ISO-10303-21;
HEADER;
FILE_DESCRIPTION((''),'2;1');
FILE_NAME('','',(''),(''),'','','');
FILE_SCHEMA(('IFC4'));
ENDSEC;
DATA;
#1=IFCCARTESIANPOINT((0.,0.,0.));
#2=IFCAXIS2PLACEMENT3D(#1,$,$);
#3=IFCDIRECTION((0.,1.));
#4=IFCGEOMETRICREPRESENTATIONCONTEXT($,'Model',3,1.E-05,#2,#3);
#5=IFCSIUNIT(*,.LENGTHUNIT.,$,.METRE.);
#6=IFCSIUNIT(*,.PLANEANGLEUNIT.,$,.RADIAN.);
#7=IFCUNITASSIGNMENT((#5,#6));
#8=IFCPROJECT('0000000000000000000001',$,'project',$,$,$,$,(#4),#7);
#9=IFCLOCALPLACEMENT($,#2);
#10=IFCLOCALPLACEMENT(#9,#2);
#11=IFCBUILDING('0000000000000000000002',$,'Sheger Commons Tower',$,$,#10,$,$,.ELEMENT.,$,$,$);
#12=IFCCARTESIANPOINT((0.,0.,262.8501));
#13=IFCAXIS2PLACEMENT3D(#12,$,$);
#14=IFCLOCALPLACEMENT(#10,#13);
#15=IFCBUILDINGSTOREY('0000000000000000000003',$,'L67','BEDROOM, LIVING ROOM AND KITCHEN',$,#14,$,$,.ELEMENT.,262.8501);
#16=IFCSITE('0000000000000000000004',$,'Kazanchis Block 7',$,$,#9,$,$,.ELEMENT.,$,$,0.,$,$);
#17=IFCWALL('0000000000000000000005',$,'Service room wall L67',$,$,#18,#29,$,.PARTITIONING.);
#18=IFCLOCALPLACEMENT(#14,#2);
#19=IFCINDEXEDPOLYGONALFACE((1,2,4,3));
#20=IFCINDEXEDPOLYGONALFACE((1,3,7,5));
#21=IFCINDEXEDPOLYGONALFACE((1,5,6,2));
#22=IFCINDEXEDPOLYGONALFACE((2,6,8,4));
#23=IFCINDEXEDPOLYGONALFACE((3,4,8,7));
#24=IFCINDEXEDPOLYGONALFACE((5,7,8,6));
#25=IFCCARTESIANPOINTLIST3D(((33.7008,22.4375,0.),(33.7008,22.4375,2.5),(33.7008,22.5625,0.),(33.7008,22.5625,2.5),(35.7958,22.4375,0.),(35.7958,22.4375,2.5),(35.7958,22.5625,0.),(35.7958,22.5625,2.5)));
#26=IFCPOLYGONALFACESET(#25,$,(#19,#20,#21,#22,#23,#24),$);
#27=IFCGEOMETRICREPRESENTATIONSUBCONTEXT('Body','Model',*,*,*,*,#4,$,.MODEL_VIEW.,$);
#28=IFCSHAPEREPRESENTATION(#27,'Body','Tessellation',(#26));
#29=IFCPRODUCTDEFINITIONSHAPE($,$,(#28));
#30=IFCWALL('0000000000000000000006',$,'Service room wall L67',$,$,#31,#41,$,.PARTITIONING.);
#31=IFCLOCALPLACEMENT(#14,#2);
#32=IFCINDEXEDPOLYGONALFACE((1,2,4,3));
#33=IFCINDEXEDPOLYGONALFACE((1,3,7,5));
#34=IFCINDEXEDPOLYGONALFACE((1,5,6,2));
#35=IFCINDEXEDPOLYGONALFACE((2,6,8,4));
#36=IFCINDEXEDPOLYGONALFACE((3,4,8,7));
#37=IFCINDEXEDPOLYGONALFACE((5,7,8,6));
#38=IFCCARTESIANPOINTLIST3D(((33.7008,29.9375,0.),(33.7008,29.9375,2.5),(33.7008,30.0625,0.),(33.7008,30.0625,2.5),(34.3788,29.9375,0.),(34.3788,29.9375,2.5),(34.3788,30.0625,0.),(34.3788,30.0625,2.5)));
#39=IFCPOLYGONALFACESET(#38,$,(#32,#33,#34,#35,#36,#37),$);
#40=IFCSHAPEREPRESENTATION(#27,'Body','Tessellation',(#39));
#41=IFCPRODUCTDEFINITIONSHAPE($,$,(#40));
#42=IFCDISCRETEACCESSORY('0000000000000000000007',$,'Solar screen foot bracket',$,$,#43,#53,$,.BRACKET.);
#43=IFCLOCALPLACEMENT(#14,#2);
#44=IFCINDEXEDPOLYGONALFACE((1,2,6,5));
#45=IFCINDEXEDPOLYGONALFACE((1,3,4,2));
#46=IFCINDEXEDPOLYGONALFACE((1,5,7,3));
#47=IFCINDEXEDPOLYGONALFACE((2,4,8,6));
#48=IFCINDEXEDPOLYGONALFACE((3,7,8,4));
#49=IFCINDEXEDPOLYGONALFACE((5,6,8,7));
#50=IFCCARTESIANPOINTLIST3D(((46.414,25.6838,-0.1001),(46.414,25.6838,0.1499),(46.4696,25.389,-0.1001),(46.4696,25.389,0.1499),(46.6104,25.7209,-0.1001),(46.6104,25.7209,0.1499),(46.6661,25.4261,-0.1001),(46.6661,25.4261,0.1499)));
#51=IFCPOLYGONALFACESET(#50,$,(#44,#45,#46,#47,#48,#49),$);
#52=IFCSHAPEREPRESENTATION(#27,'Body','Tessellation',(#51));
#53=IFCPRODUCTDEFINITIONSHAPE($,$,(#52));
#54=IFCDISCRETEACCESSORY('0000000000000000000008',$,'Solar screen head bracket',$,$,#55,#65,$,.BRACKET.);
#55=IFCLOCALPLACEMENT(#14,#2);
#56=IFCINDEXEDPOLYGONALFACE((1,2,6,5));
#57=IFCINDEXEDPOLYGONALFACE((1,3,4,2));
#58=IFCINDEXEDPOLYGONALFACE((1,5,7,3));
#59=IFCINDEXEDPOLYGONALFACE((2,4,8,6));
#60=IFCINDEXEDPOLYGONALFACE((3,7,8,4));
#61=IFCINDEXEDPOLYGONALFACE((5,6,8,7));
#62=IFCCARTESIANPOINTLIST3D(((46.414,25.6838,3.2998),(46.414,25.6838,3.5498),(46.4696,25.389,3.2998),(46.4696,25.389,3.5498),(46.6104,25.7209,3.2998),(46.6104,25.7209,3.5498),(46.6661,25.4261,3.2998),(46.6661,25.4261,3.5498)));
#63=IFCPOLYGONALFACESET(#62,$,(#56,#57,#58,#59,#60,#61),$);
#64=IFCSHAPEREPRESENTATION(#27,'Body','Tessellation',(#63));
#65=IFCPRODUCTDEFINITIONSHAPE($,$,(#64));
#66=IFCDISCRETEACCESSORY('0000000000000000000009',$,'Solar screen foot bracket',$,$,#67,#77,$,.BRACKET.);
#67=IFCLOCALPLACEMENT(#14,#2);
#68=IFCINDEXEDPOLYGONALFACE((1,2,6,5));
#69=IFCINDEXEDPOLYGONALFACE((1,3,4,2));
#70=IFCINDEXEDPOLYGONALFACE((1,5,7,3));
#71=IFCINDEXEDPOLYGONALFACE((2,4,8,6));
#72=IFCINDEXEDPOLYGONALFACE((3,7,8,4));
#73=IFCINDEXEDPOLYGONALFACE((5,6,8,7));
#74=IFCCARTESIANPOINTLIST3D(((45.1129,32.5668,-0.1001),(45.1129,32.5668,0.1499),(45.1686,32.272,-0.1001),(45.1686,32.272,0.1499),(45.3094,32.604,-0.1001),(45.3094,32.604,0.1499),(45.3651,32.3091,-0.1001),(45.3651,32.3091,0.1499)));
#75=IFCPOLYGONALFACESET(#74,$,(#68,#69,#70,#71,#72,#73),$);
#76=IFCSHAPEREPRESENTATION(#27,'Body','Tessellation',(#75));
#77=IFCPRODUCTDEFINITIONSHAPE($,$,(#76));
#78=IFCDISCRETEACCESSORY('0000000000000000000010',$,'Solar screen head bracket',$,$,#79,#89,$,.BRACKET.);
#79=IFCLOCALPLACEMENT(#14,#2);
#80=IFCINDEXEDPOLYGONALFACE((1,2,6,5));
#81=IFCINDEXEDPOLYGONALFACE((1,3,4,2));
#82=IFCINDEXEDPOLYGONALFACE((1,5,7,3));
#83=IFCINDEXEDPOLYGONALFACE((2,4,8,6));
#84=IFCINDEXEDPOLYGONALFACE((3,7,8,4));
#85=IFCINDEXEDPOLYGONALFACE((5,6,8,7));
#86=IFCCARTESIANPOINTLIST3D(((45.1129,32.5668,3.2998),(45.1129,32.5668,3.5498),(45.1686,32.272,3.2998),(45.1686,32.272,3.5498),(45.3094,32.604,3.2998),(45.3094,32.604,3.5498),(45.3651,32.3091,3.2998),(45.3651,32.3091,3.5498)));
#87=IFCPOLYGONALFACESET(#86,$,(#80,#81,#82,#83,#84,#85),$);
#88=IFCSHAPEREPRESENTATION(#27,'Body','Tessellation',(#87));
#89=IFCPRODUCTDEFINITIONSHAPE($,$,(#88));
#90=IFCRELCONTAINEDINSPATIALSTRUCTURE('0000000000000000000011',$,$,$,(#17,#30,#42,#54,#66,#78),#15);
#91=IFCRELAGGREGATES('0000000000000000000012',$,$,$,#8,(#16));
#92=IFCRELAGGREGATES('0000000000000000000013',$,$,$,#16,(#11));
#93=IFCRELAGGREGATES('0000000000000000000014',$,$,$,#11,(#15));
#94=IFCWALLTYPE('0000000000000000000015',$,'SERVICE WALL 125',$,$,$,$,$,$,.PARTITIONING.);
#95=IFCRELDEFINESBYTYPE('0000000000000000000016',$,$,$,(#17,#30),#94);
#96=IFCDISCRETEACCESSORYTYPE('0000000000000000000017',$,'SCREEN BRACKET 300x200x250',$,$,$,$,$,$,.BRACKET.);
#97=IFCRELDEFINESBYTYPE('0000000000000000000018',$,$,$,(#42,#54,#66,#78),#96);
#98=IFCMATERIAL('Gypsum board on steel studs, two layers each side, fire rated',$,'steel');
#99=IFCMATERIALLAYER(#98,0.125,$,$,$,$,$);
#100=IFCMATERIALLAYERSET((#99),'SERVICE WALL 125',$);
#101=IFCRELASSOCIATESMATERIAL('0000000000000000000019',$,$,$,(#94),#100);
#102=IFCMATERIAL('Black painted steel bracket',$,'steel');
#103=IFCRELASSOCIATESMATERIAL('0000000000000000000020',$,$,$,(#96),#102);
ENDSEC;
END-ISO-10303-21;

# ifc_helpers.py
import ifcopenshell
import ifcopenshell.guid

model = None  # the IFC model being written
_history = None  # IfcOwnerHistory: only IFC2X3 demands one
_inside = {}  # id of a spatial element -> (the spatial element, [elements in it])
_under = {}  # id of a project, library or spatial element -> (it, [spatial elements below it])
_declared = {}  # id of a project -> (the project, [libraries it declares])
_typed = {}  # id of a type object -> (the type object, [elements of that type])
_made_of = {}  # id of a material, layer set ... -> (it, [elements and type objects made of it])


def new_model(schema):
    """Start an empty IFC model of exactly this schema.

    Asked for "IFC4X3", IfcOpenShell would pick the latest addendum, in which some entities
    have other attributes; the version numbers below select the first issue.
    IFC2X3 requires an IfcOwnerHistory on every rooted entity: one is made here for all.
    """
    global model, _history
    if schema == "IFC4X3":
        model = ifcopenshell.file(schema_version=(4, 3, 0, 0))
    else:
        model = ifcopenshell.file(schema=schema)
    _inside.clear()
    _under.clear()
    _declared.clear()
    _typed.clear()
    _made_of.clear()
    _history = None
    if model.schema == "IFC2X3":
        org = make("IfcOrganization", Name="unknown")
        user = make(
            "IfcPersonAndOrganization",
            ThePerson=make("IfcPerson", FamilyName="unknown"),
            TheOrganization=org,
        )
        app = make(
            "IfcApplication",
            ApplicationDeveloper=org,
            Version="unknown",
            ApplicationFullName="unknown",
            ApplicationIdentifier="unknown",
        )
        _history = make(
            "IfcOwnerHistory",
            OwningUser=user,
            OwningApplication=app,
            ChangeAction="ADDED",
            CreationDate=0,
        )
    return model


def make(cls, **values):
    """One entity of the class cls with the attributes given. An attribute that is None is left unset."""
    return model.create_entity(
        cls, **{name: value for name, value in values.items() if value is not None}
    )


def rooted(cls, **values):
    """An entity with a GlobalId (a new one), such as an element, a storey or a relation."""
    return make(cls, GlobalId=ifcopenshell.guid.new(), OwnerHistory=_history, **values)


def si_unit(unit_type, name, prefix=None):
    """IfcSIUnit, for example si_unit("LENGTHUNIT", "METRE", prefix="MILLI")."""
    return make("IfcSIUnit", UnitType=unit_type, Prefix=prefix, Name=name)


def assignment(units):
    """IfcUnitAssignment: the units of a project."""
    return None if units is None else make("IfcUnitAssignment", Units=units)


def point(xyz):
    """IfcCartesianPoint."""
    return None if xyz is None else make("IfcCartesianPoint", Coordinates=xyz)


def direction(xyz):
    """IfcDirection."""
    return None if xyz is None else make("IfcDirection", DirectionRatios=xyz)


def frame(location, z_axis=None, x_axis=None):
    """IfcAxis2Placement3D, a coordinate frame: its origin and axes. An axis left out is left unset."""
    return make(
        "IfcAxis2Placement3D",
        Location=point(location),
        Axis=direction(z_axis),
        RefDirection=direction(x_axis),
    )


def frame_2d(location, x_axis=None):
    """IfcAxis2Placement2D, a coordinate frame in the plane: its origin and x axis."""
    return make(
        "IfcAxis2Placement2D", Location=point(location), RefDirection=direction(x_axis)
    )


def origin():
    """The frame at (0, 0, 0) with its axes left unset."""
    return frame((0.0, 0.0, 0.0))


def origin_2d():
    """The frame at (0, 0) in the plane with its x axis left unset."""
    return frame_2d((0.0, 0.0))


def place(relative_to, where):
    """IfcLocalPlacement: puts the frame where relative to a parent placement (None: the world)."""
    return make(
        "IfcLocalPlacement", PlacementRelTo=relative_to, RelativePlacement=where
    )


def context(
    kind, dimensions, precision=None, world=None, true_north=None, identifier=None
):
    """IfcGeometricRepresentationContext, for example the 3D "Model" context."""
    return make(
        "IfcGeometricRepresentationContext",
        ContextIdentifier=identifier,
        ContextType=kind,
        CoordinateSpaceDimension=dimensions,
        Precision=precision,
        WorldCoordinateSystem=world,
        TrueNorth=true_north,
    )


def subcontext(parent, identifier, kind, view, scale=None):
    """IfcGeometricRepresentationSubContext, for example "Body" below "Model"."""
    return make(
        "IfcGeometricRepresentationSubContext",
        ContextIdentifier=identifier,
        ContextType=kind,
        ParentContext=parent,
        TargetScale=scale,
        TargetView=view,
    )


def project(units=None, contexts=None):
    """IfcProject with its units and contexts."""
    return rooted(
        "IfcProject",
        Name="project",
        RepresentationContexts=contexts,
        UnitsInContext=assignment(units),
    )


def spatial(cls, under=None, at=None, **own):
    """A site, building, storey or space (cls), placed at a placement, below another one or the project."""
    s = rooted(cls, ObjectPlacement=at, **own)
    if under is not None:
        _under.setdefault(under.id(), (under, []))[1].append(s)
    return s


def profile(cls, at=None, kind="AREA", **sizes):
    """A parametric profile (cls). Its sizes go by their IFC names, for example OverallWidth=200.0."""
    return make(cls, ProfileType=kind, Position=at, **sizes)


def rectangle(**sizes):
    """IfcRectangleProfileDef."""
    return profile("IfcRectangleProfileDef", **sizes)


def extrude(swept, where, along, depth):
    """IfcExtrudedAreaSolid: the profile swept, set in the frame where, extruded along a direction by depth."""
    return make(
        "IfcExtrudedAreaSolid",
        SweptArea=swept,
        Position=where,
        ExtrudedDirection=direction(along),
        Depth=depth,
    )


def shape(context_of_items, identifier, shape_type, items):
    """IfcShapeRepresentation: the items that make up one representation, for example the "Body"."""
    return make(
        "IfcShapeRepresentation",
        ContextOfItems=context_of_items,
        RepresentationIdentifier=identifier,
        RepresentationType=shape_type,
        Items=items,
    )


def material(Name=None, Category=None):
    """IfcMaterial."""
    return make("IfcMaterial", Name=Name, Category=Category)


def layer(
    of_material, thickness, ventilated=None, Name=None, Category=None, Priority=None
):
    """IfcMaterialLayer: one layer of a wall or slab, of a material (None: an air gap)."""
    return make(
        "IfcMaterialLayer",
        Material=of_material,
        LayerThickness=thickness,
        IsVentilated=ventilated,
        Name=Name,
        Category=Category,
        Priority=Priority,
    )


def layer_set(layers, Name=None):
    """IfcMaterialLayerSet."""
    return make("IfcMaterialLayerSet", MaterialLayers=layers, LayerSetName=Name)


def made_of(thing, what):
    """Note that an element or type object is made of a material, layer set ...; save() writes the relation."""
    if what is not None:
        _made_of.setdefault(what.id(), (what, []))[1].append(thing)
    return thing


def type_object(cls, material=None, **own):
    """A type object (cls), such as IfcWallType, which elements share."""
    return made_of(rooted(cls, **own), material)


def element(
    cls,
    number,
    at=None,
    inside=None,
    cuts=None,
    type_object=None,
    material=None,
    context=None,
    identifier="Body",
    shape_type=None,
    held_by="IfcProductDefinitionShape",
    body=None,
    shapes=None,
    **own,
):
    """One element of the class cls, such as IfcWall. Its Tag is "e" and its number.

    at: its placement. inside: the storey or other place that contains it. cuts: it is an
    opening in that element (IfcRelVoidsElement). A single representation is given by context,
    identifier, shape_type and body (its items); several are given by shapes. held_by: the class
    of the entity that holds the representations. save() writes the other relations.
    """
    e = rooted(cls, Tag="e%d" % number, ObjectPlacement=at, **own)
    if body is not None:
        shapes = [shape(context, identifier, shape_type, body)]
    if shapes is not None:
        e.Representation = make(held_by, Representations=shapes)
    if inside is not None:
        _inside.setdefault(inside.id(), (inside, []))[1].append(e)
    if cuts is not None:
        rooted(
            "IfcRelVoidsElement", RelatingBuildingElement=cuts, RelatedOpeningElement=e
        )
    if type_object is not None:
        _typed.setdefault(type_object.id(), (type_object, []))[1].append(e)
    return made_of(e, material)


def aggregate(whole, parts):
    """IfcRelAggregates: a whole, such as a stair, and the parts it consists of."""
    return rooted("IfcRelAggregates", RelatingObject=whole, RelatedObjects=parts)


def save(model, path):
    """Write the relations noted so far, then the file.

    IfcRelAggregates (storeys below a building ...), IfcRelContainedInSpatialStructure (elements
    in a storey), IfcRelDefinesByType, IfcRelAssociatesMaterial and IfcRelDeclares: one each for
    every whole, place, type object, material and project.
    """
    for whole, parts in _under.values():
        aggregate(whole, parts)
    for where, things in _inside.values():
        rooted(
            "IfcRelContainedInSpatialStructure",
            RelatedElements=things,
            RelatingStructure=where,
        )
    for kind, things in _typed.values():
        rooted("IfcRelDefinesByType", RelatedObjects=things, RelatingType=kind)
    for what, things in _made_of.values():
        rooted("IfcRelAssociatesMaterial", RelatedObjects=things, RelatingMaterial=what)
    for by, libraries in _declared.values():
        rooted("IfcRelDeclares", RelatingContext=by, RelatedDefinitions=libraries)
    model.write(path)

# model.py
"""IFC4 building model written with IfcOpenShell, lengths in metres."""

from ifc_helpers import new_model, si_unit, direction, frame, frame_2d, origin, origin_2d, place, context, subcontext, project, spatial, rectangle, extrude, material, layer, layer_set, type_object, element, save


model = new_model("IFC4")

# Units and contexts
model_context = context("Model", 3, precision=1e-05, world=origin(), true_north=direction((0.0, 1.0)))
body_context = subcontext(model_context, "Body", "Model", "MODEL_VIEW")
ifc_project = project(units=[si_unit("LENGTHUNIT", "METRE"), si_unit("PLANEANGLEUNIT", "RADIAN")], contexts=[model_context])

# Site, building, storey
site_placement = place(None, origin())
site = spatial("IfcSite", under=ifc_project, at=site_placement, Name="Kazanchis Block 7", CompositionType="ELEMENT", RefElevation=0.0)
building_placement = place(site_placement, origin())
building = spatial("IfcBuilding", under=site, at=building_placement, Name="Sheger Commons Tower", CompositionType="ELEMENT")
storey_placement = place(building_placement, frame((0.0, 0.0, 262.8501)))
storey = spatial("IfcBuildingStorey", under=building, at=storey_placement, Name="L67", Description="BEDROOM, LIVING ROOM AND KITCHEN", CompositionType="ELEMENT", Elevation=262.8501)

# Walls
ifc_material_1 = material(Name="Gypsum board on steel studs, two layers each side, fire rated", Category="steel")
ifc_layer_1 = layer(ifc_material_1, 0.125)
ifc_layer_set_1 = layer_set([ifc_layer_1], Name="SERVICE WALL 125")
wall_type_1 = type_object("IfcWallType", Name="SERVICE WALL 125", PredefinedType="PARTITIONING", material=ifc_layer_set_1)
wall_1_placement = place(storey_placement, frame((33.7009, 22.5, 0.0), z_axis=(0.0, 0.0, 1.0), x_axis=(1.0, 0.0, 0.0)))
element("IfcWall", 1, at=wall_1_placement, inside=storey, type_object=wall_type_1, Name="Service room wall L67", PredefinedType="PARTITIONING", context=body_context, shape_type="SweptSolid", body=[
    extrude(rectangle(XDim=2.095, YDim=0.125, at=frame_2d((1.0474, 0.0))), origin(), (0.0, 0.0, 1.0), 2.5),
])
wall_2_placement = place(storey_placement, frame((33.7009, 30.0, 0.0), z_axis=(0.0, 0.0, 1.0), x_axis=(1.0, 0.0, 0.0)))
element("IfcWall", 2, at=wall_2_placement, inside=storey, type_object=wall_type_1, Name="Service room wall L67", PredefinedType="PARTITIONING", context=body_context, shape_type="SweptSolid", body=[
    extrude(rectangle(XDim=0.678, YDim=0.125, at=frame_2d((0.3389, 0.0))), origin(), (0.0, 0.0, 1.0), 2.5),
])

# Discrete accessories
ifc_material_2 = material(Name="Black painted steel bracket", Category="steel")
discrete_accessory_type = type_object("IfcDiscreteAccessoryType", Name="SCREEN BRACKET 300x200x250", PredefinedType="BRACKET", material=ifc_material_2)
for number, where, z_axis, x_axis, name in (
    (3, (46.54, 25.5549, -0.1001), (0.0, 0.0, 1.0), (-0.185615, 0.982623, 0.0), "Solar screen foot bracket"),
    (4, (46.54, 25.5549, 3.2998), (0.0, 0.0, 1.0), (-0.185615, 0.982623, 0.0), "Solar screen head bracket"),
    (5, (45.239, 32.438, -0.1001), (0.0, 0.0, 1.0), (-0.185615, 0.982623, 0.0), "Solar screen foot bracket"),
    (6, (45.239, 32.438, 3.2998), (0.0, 0.0, 1.0), (-0.185615, 0.982623, 0.0), "Solar screen head bracket"),
):
    element("IfcDiscreteAccessory", number, at=place(storey_placement, frame(where, z_axis=z_axis, x_axis=x_axis)), inside=storey, type_object=discrete_accessory_type, Name=name, PredefinedType="BRACKET", context=body_context, shape_type="SweptSolid", body=[
        extrude(rectangle(XDim=0.3, YDim=0.2, at=origin_2d()), origin(), (0.0, 0.0, 1.0), 0.25),
    ])

save(model, "model.ifc")
